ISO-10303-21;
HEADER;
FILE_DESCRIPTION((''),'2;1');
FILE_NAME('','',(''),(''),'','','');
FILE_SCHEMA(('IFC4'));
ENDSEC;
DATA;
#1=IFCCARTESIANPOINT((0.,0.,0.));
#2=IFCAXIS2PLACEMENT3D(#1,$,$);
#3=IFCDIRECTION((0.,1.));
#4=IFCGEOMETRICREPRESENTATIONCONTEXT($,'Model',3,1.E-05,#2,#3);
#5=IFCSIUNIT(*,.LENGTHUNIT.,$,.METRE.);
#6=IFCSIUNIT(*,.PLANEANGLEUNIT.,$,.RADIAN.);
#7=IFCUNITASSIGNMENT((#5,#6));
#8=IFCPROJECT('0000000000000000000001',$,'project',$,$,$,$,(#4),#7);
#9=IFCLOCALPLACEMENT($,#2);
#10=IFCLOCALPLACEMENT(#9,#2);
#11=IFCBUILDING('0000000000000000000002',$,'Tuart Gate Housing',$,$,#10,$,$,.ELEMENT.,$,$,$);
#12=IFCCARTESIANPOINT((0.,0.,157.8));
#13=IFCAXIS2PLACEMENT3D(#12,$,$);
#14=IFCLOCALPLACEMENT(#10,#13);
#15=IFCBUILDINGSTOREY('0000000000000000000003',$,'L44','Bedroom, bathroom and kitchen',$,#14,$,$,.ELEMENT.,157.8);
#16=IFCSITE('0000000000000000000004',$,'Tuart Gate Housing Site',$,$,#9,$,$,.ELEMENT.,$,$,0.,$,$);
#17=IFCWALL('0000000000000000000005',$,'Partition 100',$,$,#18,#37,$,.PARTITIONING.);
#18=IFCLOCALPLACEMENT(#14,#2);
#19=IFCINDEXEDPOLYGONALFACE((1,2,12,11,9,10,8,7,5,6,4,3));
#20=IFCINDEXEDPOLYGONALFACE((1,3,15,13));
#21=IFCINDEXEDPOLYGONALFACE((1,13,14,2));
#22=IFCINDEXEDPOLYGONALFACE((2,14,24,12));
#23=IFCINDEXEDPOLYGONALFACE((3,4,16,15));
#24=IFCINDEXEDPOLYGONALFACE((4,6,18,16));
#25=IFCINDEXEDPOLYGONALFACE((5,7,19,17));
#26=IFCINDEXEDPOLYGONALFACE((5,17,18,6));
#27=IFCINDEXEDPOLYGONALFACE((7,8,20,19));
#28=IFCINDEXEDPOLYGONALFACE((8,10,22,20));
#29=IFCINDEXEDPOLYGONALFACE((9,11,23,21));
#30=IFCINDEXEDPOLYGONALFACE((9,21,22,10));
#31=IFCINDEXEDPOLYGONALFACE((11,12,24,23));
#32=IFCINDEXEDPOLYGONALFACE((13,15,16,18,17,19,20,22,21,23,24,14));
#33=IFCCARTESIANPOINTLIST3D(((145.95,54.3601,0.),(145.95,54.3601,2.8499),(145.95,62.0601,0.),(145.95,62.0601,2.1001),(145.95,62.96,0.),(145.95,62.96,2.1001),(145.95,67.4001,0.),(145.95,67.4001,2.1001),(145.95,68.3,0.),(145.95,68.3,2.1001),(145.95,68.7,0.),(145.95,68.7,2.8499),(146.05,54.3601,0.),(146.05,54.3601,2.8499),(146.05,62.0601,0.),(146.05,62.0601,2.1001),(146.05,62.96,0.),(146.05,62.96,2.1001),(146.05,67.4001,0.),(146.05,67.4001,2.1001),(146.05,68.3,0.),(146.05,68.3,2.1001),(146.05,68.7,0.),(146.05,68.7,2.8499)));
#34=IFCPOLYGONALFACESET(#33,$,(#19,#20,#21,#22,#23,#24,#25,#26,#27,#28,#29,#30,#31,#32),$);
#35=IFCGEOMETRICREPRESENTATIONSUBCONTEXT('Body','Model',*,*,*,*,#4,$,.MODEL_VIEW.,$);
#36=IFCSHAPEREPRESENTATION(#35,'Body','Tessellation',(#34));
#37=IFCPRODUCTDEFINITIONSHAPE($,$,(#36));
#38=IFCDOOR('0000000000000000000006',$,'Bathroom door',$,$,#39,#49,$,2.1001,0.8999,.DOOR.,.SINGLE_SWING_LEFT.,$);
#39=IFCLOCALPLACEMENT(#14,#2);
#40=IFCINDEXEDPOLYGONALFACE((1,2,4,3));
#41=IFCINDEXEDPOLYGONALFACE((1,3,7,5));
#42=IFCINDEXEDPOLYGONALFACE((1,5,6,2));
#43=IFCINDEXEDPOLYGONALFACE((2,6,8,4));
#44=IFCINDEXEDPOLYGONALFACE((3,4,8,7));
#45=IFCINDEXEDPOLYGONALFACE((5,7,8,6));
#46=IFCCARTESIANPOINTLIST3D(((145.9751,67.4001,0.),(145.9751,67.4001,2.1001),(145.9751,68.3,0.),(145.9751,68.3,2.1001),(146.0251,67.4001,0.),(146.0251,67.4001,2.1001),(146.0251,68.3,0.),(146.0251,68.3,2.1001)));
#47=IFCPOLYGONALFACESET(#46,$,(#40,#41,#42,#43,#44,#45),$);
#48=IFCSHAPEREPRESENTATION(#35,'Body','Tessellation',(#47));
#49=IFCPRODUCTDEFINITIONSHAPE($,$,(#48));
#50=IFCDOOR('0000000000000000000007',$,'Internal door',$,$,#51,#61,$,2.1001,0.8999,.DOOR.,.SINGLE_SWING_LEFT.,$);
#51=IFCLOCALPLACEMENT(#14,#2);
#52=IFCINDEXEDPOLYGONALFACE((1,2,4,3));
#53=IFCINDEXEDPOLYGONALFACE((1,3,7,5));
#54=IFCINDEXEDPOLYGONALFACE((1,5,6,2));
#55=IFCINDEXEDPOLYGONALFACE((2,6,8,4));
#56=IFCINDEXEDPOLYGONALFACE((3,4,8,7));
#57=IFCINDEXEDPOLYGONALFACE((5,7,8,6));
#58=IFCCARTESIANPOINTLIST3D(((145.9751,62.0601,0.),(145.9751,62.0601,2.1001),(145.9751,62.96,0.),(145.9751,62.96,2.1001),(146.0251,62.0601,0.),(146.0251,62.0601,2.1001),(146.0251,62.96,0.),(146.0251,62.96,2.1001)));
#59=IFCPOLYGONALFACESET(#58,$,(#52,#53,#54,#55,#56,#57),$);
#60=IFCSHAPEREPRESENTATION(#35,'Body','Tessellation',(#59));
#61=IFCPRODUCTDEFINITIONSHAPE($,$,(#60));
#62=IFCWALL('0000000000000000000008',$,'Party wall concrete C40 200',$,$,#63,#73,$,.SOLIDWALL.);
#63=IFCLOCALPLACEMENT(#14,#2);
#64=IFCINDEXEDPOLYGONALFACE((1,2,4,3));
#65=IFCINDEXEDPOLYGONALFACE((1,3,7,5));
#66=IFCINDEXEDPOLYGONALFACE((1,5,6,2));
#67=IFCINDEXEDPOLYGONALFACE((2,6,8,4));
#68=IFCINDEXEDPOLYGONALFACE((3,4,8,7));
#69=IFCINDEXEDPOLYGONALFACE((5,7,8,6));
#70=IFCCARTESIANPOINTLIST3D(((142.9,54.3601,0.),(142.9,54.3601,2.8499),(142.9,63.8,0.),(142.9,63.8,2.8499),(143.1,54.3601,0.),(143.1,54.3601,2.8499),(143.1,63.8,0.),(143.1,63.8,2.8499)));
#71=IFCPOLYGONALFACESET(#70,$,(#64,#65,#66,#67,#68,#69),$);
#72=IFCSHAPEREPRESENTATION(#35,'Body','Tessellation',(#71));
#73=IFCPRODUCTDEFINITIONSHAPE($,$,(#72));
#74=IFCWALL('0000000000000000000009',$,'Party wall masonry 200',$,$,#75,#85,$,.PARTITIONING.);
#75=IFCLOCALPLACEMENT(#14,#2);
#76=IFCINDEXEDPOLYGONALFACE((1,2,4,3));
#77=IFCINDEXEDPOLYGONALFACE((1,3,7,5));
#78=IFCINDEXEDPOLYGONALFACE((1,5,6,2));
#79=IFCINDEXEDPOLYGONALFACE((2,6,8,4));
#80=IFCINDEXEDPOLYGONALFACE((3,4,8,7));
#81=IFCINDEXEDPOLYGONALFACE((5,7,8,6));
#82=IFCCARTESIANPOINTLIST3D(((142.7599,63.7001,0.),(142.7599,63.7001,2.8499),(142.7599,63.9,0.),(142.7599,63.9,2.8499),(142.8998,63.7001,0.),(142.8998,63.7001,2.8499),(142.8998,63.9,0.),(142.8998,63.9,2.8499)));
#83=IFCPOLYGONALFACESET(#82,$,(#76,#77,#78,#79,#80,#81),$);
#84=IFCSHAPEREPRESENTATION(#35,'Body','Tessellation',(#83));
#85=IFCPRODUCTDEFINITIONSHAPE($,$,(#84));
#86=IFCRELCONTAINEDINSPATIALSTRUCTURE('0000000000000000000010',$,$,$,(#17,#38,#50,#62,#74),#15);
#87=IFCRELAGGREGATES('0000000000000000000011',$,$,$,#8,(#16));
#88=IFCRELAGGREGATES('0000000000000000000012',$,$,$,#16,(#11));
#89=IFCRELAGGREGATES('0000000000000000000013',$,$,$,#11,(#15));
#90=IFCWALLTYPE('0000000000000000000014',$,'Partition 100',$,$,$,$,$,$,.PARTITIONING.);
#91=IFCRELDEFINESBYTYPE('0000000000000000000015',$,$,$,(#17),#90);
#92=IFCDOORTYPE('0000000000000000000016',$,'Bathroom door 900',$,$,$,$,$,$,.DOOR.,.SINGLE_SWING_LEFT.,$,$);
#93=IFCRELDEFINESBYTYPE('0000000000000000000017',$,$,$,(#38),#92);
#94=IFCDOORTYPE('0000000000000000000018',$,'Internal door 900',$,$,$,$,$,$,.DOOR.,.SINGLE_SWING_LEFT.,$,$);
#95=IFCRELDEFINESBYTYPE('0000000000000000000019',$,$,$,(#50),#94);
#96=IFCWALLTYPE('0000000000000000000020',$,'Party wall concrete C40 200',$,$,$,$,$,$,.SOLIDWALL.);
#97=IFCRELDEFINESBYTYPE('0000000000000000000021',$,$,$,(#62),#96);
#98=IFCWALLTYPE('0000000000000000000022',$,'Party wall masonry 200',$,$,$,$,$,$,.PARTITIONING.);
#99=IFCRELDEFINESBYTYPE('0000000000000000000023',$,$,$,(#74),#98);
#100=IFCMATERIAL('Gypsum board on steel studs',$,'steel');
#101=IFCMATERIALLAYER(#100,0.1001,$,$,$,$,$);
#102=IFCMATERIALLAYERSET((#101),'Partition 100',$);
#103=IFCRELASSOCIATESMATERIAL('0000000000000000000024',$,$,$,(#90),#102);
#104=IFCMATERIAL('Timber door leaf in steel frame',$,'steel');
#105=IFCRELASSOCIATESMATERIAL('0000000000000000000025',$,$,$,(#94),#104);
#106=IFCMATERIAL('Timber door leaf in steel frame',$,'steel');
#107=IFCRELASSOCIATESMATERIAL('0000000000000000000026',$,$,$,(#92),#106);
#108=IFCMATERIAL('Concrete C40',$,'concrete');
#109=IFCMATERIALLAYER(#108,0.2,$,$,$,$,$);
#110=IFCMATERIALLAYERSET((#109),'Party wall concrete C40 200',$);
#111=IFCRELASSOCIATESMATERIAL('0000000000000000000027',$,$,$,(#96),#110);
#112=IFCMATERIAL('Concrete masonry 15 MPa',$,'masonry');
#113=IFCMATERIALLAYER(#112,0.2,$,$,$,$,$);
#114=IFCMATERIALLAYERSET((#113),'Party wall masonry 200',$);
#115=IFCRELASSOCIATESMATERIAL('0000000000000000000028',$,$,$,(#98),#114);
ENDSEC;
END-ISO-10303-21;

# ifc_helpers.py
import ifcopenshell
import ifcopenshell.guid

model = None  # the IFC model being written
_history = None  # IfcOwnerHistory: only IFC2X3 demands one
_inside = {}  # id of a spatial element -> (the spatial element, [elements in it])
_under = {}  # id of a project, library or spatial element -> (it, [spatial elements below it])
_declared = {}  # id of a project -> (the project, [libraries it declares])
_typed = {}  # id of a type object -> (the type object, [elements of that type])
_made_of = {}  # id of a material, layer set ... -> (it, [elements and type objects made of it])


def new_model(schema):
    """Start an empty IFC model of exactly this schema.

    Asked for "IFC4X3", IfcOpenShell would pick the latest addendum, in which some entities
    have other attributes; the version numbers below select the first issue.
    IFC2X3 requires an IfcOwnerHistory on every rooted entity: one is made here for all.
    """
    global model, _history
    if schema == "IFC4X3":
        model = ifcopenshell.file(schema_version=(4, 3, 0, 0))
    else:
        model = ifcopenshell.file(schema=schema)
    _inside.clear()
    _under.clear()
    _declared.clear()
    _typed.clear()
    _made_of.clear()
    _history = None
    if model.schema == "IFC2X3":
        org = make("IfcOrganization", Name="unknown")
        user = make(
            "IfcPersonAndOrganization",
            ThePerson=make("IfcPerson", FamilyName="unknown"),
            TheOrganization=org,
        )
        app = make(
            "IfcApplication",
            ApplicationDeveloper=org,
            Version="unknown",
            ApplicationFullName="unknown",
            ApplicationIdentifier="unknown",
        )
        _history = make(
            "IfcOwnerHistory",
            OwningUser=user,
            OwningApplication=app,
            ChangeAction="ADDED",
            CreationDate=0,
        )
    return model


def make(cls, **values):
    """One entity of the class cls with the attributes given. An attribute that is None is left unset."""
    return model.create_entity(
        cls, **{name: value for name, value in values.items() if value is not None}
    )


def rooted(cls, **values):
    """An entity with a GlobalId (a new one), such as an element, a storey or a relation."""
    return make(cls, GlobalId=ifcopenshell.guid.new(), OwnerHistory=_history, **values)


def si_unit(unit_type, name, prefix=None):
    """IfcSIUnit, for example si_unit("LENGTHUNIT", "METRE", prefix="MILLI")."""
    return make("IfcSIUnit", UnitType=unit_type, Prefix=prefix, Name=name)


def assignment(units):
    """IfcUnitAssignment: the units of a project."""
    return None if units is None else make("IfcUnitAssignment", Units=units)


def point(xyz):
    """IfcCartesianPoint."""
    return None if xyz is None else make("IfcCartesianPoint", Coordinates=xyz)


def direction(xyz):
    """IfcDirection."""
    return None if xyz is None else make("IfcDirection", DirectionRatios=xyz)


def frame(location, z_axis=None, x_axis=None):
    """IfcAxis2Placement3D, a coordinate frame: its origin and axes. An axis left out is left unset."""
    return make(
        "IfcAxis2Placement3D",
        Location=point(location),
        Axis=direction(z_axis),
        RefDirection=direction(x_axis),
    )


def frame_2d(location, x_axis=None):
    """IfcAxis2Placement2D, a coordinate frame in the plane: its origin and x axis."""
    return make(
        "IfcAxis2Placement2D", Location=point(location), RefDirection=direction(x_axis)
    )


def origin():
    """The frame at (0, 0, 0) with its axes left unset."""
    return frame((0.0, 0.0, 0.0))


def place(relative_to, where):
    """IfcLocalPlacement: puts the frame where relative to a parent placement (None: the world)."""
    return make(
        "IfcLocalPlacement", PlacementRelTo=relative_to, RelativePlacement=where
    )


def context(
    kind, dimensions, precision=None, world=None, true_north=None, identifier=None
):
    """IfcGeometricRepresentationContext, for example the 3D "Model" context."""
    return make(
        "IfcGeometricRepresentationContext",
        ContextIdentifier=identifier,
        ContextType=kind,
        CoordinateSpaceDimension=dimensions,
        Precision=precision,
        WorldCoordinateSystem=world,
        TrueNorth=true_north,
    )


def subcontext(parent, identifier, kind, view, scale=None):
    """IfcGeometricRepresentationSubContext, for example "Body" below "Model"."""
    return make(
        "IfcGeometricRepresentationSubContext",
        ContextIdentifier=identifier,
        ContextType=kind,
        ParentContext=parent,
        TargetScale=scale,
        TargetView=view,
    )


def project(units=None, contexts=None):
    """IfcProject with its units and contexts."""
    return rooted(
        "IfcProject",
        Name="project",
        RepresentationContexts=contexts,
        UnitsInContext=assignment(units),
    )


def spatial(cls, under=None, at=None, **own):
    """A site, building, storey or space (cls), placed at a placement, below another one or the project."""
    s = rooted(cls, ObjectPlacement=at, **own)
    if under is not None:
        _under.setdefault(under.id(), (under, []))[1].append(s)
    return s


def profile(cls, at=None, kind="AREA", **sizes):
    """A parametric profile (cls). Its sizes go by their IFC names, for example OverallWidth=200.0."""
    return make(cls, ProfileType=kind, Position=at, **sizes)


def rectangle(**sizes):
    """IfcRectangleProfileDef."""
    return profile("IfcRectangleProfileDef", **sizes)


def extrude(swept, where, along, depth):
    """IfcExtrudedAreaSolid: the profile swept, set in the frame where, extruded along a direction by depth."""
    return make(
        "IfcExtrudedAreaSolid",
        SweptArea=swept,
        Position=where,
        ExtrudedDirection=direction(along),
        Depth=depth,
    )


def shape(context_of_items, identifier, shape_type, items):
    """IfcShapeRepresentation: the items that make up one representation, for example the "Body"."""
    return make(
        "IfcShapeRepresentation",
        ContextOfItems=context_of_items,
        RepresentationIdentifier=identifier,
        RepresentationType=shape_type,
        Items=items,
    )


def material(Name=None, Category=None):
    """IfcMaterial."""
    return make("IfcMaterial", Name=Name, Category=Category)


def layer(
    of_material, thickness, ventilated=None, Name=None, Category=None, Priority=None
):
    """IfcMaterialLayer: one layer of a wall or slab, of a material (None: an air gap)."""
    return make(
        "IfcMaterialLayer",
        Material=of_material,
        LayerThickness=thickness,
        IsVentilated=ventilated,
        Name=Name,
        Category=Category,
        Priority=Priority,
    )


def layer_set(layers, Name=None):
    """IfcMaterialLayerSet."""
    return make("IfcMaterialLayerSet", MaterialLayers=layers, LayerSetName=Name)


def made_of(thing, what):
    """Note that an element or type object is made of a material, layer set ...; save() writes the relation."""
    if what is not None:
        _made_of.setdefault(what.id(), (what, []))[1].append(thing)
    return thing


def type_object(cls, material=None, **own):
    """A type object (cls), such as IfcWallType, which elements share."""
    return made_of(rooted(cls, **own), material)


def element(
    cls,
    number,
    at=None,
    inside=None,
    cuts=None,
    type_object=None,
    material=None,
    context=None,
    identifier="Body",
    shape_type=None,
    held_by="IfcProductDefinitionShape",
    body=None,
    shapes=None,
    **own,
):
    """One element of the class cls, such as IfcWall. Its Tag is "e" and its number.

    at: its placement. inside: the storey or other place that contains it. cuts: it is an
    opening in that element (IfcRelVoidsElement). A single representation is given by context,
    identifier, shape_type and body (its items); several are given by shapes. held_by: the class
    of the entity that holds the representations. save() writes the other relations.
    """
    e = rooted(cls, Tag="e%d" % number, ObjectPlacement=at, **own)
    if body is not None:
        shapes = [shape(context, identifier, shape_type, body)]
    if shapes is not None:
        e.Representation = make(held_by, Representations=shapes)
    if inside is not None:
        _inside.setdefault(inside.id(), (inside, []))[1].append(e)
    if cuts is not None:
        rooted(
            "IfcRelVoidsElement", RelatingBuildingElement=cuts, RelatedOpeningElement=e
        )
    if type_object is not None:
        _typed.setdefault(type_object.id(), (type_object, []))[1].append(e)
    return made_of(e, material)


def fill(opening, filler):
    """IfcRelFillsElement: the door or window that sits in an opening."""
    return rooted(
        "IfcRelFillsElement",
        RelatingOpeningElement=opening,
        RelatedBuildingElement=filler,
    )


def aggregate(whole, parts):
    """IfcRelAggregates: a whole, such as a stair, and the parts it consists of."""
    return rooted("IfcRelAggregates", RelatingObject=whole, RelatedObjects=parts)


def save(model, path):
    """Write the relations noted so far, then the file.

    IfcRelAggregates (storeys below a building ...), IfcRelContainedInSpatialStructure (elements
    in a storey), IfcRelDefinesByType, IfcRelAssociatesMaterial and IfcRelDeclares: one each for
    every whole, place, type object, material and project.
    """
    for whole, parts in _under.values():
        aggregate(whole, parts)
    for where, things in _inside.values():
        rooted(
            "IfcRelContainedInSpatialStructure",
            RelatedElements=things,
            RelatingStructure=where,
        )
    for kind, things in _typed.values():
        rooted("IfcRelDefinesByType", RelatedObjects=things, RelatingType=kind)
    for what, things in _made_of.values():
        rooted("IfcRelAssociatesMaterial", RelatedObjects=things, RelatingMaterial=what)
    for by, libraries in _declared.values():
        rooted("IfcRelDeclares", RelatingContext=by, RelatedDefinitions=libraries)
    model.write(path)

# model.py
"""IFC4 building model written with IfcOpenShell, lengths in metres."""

from ifc_helpers import new_model, si_unit, direction, frame, frame_2d, origin, place, context, subcontext, project, spatial, rectangle, extrude, material, layer, layer_set, type_object, element, fill, save


model = new_model("IFC4")

# Units and contexts
model_context = context("Model", 3, precision=1e-05, world=origin(), true_north=direction((0.0, 1.0)))
body_context = subcontext(model_context, "Body", "Model", "MODEL_VIEW")
ifc_project = project(units=[si_unit("LENGTHUNIT", "METRE"), si_unit("PLANEANGLEUNIT", "RADIAN")], contexts=[model_context])

# Site, building, storey
site_placement = place(None, origin())
site = spatial("IfcSite", under=ifc_project, at=site_placement, Name="Tuart Gate Housing Site", CompositionType="ELEMENT", RefElevation=0.0)
building_placement = place(site_placement, origin())
building = spatial("IfcBuilding", under=site, at=building_placement, Name="Tuart Gate Housing", CompositionType="ELEMENT")
storey_placement = place(building_placement, frame((0.0, 0.0, 157.8)))
storey = spatial("IfcBuildingStorey", under=building, at=storey_placement, Name="L44", Description="Bedroom, bathroom and kitchen", CompositionType="ELEMENT", Elevation=157.8)

# Shared definitions
ifc_material_1 = material(Name="Gypsum board on steel studs", Category="steel")
ifc_layer_1 = layer(ifc_material_1, 0.1001)
ifc_layer_set_1 = layer_set([ifc_layer_1], Name="Partition 100")
wall_type_1 = type_object("IfcWallType", Name="Partition 100", PredefinedType="PARTITIONING", material=ifc_layer_set_1)

# Shared definitions
ifc_material_2 = material(Name="Timber door leaf in steel frame", Category="steel")
door_type_1 = type_object("IfcDoorType", Name="Internal door 900", OperationType="SINGLE_SWING_LEFT", PredefinedType="DOOR", material=ifc_material_2)

# Wall, openings, doors
wall_1_placement = place(storey_placement, frame((146.0, 54.3601, 0.0), z_axis=(0.0, 0.0, 1.0), x_axis=(0.0, 1.0, 0.0)))
wall_1 = element("IfcWall", 1, at=wall_1_placement, inside=storey, type_object=wall_type_1, Name="Partition 100", PredefinedType="PARTITIONING", context=body_context, shape_type="SweptSolid", body=[
    extrude(rectangle(XDim=14.3398, YDim=0.1001, at=frame_2d((7.1699, 0.0))), origin(), (0.0, 0.0, 1.0), 2.8499),
])
opening_1_placement = place(wall_1_placement, frame((7.7, 0.0, 0.0)))
opening_1 = element("IfcOpeningElement", 2, at=opening_1_placement, cuts=wall_1, PredefinedType="OPENING", context=body_context, shape_type="SweptSolid", body=[
    extrude(rectangle(XDim=0.8999, YDim=2.1001, at=frame_2d((0.45, 1.05))), frame((0.0, 0.0601, 0.0), z_axis=(0.0, -1.0, 0.0), x_axis=(1.0, 0.0, 0.0)), (0.0, 0.0, 1.0), 0.1201),
])
opening_2_placement = place(wall_1_placement, frame((13.04, 0.0, 0.0)))
opening_2 = element("IfcOpeningElement", 3, at=opening_2_placement, cuts=wall_1, PredefinedType="OPENING", context=body_context, shape_type="SweptSolid", body=[
    extrude(rectangle(XDim=0.8999, YDim=2.1001, at=frame_2d((0.45, 1.05))), frame((0.0, 0.0601, 0.0), z_axis=(0.0, -1.0, 0.0), x_axis=(1.0, 0.0, 0.0)), (0.0, 0.0, 1.0), 0.1201),
])
ifc_material_3 = material(Name="Timber door leaf in steel frame", Category="steel")
door_type_2 = type_object("IfcDoorType", Name="Bathroom door 900", OperationType="SINGLE_SWING_LEFT", PredefinedType="DOOR", material=ifc_material_3)
door_1_placement = place(opening_2_placement, frame((0.8999, 0.0, 0.0), z_axis=(0.0, 0.0, 1.0), x_axis=(-1.0, 0.0, 0.0)))
door_1 = element("IfcDoor", 4, at=door_1_placement, inside=storey, type_object=door_type_2, Name="Bathroom door", OperationType="SINGLE_SWING_LEFT", OverallHeight=2.1001, OverallWidth=0.8999, PredefinedType="DOOR", context=body_context, shape_type="SweptSolid", body=[
    extrude(rectangle(XDim=0.8999, YDim=2.1001, at=frame_2d((0.45, 1.05))), frame((0.0, 0.0251, 0.0), z_axis=(0.0, -1.0, 0.0), x_axis=(1.0, 0.0, 0.0)), (0.0, 0.0, 1.0), 0.05),
])
fill(opening_2, door_1)
door_2_placement = place(opening_1_placement, frame((0.8999, 0.0, 0.0), z_axis=(0.0, 0.0, 1.0), x_axis=(-1.0, 0.0, 0.0)))
door_2 = element("IfcDoor", 5, at=door_2_placement, inside=storey, type_object=door_type_1, Name="Internal door", OperationType="SINGLE_SWING_LEFT", OverallHeight=2.1001, OverallWidth=0.8999, PredefinedType="DOOR", context=body_context, shape_type="SweptSolid", body=[
    extrude(rectangle(XDim=0.8999, YDim=2.1001, at=frame_2d((0.45, 1.05))), frame((0.0, 0.0251, 0.0), z_axis=(0.0, -1.0, 0.0), x_axis=(1.0, 0.0, 0.0)), (0.0, 0.0, 1.0), 0.05),
])
fill(opening_1, door_2)

# Walls
ifc_material_4 = material(Name="Concrete C40", Category="concrete")
ifc_layer_2 = layer(ifc_material_4, 0.2)
ifc_layer_set_2 = layer_set([ifc_layer_2], Name="Party wall concrete C40 200")
wall_type_2 = type_object("IfcWallType", Name="Party wall concrete C40 200", PredefinedType="SOLIDWALL", material=ifc_layer_set_2)
wall_2_placement = place(storey_placement, frame((143.0, 54.3601, 0.0), z_axis=(0.0, 0.0, 1.0), x_axis=(0.0, 1.0, 0.0)))
element("IfcWall", 6, at=wall_2_placement, inside=storey, type_object=wall_type_2, Name="Party wall concrete C40 200", PredefinedType="SOLIDWALL", context=body_context, shape_type="SweptSolid", body=[
    extrude(rectangle(XDim=9.4399, YDim=0.2, at=frame_2d((4.72, 0.0))), origin(), (0.0, 0.0, 1.0), 2.8499),
])
ifc_material_5 = material(Name="Concrete masonry 15 MPa", Category="masonry")
ifc_layer_3 = layer(ifc_material_5, 0.2)
ifc_layer_set_3 = layer_set([ifc_layer_3], Name="Party wall masonry 200")
wall_type_3 = type_object("IfcWallType", Name="Party wall masonry 200", PredefinedType="PARTITIONING", material=ifc_layer_set_3)
wall_3_placement = place(storey_placement, frame((142.76, 63.8, 0.0), z_axis=(0.0, 0.0, 1.0), x_axis=(1.0, 0.0, 0.0)))
element("IfcWall", 7, at=wall_3_placement, inside=storey, type_object=wall_type_3, Name="Party wall masonry 200", PredefinedType="PARTITIONING", context=body_context, shape_type="SweptSolid", body=[
    extrude(rectangle(XDim=0.1399, YDim=0.2, at=frame_2d((0.0698, 0.0))), origin(), (0.0, 0.0, 1.0), 2.8499),
])

save(model, "model.ifc")
